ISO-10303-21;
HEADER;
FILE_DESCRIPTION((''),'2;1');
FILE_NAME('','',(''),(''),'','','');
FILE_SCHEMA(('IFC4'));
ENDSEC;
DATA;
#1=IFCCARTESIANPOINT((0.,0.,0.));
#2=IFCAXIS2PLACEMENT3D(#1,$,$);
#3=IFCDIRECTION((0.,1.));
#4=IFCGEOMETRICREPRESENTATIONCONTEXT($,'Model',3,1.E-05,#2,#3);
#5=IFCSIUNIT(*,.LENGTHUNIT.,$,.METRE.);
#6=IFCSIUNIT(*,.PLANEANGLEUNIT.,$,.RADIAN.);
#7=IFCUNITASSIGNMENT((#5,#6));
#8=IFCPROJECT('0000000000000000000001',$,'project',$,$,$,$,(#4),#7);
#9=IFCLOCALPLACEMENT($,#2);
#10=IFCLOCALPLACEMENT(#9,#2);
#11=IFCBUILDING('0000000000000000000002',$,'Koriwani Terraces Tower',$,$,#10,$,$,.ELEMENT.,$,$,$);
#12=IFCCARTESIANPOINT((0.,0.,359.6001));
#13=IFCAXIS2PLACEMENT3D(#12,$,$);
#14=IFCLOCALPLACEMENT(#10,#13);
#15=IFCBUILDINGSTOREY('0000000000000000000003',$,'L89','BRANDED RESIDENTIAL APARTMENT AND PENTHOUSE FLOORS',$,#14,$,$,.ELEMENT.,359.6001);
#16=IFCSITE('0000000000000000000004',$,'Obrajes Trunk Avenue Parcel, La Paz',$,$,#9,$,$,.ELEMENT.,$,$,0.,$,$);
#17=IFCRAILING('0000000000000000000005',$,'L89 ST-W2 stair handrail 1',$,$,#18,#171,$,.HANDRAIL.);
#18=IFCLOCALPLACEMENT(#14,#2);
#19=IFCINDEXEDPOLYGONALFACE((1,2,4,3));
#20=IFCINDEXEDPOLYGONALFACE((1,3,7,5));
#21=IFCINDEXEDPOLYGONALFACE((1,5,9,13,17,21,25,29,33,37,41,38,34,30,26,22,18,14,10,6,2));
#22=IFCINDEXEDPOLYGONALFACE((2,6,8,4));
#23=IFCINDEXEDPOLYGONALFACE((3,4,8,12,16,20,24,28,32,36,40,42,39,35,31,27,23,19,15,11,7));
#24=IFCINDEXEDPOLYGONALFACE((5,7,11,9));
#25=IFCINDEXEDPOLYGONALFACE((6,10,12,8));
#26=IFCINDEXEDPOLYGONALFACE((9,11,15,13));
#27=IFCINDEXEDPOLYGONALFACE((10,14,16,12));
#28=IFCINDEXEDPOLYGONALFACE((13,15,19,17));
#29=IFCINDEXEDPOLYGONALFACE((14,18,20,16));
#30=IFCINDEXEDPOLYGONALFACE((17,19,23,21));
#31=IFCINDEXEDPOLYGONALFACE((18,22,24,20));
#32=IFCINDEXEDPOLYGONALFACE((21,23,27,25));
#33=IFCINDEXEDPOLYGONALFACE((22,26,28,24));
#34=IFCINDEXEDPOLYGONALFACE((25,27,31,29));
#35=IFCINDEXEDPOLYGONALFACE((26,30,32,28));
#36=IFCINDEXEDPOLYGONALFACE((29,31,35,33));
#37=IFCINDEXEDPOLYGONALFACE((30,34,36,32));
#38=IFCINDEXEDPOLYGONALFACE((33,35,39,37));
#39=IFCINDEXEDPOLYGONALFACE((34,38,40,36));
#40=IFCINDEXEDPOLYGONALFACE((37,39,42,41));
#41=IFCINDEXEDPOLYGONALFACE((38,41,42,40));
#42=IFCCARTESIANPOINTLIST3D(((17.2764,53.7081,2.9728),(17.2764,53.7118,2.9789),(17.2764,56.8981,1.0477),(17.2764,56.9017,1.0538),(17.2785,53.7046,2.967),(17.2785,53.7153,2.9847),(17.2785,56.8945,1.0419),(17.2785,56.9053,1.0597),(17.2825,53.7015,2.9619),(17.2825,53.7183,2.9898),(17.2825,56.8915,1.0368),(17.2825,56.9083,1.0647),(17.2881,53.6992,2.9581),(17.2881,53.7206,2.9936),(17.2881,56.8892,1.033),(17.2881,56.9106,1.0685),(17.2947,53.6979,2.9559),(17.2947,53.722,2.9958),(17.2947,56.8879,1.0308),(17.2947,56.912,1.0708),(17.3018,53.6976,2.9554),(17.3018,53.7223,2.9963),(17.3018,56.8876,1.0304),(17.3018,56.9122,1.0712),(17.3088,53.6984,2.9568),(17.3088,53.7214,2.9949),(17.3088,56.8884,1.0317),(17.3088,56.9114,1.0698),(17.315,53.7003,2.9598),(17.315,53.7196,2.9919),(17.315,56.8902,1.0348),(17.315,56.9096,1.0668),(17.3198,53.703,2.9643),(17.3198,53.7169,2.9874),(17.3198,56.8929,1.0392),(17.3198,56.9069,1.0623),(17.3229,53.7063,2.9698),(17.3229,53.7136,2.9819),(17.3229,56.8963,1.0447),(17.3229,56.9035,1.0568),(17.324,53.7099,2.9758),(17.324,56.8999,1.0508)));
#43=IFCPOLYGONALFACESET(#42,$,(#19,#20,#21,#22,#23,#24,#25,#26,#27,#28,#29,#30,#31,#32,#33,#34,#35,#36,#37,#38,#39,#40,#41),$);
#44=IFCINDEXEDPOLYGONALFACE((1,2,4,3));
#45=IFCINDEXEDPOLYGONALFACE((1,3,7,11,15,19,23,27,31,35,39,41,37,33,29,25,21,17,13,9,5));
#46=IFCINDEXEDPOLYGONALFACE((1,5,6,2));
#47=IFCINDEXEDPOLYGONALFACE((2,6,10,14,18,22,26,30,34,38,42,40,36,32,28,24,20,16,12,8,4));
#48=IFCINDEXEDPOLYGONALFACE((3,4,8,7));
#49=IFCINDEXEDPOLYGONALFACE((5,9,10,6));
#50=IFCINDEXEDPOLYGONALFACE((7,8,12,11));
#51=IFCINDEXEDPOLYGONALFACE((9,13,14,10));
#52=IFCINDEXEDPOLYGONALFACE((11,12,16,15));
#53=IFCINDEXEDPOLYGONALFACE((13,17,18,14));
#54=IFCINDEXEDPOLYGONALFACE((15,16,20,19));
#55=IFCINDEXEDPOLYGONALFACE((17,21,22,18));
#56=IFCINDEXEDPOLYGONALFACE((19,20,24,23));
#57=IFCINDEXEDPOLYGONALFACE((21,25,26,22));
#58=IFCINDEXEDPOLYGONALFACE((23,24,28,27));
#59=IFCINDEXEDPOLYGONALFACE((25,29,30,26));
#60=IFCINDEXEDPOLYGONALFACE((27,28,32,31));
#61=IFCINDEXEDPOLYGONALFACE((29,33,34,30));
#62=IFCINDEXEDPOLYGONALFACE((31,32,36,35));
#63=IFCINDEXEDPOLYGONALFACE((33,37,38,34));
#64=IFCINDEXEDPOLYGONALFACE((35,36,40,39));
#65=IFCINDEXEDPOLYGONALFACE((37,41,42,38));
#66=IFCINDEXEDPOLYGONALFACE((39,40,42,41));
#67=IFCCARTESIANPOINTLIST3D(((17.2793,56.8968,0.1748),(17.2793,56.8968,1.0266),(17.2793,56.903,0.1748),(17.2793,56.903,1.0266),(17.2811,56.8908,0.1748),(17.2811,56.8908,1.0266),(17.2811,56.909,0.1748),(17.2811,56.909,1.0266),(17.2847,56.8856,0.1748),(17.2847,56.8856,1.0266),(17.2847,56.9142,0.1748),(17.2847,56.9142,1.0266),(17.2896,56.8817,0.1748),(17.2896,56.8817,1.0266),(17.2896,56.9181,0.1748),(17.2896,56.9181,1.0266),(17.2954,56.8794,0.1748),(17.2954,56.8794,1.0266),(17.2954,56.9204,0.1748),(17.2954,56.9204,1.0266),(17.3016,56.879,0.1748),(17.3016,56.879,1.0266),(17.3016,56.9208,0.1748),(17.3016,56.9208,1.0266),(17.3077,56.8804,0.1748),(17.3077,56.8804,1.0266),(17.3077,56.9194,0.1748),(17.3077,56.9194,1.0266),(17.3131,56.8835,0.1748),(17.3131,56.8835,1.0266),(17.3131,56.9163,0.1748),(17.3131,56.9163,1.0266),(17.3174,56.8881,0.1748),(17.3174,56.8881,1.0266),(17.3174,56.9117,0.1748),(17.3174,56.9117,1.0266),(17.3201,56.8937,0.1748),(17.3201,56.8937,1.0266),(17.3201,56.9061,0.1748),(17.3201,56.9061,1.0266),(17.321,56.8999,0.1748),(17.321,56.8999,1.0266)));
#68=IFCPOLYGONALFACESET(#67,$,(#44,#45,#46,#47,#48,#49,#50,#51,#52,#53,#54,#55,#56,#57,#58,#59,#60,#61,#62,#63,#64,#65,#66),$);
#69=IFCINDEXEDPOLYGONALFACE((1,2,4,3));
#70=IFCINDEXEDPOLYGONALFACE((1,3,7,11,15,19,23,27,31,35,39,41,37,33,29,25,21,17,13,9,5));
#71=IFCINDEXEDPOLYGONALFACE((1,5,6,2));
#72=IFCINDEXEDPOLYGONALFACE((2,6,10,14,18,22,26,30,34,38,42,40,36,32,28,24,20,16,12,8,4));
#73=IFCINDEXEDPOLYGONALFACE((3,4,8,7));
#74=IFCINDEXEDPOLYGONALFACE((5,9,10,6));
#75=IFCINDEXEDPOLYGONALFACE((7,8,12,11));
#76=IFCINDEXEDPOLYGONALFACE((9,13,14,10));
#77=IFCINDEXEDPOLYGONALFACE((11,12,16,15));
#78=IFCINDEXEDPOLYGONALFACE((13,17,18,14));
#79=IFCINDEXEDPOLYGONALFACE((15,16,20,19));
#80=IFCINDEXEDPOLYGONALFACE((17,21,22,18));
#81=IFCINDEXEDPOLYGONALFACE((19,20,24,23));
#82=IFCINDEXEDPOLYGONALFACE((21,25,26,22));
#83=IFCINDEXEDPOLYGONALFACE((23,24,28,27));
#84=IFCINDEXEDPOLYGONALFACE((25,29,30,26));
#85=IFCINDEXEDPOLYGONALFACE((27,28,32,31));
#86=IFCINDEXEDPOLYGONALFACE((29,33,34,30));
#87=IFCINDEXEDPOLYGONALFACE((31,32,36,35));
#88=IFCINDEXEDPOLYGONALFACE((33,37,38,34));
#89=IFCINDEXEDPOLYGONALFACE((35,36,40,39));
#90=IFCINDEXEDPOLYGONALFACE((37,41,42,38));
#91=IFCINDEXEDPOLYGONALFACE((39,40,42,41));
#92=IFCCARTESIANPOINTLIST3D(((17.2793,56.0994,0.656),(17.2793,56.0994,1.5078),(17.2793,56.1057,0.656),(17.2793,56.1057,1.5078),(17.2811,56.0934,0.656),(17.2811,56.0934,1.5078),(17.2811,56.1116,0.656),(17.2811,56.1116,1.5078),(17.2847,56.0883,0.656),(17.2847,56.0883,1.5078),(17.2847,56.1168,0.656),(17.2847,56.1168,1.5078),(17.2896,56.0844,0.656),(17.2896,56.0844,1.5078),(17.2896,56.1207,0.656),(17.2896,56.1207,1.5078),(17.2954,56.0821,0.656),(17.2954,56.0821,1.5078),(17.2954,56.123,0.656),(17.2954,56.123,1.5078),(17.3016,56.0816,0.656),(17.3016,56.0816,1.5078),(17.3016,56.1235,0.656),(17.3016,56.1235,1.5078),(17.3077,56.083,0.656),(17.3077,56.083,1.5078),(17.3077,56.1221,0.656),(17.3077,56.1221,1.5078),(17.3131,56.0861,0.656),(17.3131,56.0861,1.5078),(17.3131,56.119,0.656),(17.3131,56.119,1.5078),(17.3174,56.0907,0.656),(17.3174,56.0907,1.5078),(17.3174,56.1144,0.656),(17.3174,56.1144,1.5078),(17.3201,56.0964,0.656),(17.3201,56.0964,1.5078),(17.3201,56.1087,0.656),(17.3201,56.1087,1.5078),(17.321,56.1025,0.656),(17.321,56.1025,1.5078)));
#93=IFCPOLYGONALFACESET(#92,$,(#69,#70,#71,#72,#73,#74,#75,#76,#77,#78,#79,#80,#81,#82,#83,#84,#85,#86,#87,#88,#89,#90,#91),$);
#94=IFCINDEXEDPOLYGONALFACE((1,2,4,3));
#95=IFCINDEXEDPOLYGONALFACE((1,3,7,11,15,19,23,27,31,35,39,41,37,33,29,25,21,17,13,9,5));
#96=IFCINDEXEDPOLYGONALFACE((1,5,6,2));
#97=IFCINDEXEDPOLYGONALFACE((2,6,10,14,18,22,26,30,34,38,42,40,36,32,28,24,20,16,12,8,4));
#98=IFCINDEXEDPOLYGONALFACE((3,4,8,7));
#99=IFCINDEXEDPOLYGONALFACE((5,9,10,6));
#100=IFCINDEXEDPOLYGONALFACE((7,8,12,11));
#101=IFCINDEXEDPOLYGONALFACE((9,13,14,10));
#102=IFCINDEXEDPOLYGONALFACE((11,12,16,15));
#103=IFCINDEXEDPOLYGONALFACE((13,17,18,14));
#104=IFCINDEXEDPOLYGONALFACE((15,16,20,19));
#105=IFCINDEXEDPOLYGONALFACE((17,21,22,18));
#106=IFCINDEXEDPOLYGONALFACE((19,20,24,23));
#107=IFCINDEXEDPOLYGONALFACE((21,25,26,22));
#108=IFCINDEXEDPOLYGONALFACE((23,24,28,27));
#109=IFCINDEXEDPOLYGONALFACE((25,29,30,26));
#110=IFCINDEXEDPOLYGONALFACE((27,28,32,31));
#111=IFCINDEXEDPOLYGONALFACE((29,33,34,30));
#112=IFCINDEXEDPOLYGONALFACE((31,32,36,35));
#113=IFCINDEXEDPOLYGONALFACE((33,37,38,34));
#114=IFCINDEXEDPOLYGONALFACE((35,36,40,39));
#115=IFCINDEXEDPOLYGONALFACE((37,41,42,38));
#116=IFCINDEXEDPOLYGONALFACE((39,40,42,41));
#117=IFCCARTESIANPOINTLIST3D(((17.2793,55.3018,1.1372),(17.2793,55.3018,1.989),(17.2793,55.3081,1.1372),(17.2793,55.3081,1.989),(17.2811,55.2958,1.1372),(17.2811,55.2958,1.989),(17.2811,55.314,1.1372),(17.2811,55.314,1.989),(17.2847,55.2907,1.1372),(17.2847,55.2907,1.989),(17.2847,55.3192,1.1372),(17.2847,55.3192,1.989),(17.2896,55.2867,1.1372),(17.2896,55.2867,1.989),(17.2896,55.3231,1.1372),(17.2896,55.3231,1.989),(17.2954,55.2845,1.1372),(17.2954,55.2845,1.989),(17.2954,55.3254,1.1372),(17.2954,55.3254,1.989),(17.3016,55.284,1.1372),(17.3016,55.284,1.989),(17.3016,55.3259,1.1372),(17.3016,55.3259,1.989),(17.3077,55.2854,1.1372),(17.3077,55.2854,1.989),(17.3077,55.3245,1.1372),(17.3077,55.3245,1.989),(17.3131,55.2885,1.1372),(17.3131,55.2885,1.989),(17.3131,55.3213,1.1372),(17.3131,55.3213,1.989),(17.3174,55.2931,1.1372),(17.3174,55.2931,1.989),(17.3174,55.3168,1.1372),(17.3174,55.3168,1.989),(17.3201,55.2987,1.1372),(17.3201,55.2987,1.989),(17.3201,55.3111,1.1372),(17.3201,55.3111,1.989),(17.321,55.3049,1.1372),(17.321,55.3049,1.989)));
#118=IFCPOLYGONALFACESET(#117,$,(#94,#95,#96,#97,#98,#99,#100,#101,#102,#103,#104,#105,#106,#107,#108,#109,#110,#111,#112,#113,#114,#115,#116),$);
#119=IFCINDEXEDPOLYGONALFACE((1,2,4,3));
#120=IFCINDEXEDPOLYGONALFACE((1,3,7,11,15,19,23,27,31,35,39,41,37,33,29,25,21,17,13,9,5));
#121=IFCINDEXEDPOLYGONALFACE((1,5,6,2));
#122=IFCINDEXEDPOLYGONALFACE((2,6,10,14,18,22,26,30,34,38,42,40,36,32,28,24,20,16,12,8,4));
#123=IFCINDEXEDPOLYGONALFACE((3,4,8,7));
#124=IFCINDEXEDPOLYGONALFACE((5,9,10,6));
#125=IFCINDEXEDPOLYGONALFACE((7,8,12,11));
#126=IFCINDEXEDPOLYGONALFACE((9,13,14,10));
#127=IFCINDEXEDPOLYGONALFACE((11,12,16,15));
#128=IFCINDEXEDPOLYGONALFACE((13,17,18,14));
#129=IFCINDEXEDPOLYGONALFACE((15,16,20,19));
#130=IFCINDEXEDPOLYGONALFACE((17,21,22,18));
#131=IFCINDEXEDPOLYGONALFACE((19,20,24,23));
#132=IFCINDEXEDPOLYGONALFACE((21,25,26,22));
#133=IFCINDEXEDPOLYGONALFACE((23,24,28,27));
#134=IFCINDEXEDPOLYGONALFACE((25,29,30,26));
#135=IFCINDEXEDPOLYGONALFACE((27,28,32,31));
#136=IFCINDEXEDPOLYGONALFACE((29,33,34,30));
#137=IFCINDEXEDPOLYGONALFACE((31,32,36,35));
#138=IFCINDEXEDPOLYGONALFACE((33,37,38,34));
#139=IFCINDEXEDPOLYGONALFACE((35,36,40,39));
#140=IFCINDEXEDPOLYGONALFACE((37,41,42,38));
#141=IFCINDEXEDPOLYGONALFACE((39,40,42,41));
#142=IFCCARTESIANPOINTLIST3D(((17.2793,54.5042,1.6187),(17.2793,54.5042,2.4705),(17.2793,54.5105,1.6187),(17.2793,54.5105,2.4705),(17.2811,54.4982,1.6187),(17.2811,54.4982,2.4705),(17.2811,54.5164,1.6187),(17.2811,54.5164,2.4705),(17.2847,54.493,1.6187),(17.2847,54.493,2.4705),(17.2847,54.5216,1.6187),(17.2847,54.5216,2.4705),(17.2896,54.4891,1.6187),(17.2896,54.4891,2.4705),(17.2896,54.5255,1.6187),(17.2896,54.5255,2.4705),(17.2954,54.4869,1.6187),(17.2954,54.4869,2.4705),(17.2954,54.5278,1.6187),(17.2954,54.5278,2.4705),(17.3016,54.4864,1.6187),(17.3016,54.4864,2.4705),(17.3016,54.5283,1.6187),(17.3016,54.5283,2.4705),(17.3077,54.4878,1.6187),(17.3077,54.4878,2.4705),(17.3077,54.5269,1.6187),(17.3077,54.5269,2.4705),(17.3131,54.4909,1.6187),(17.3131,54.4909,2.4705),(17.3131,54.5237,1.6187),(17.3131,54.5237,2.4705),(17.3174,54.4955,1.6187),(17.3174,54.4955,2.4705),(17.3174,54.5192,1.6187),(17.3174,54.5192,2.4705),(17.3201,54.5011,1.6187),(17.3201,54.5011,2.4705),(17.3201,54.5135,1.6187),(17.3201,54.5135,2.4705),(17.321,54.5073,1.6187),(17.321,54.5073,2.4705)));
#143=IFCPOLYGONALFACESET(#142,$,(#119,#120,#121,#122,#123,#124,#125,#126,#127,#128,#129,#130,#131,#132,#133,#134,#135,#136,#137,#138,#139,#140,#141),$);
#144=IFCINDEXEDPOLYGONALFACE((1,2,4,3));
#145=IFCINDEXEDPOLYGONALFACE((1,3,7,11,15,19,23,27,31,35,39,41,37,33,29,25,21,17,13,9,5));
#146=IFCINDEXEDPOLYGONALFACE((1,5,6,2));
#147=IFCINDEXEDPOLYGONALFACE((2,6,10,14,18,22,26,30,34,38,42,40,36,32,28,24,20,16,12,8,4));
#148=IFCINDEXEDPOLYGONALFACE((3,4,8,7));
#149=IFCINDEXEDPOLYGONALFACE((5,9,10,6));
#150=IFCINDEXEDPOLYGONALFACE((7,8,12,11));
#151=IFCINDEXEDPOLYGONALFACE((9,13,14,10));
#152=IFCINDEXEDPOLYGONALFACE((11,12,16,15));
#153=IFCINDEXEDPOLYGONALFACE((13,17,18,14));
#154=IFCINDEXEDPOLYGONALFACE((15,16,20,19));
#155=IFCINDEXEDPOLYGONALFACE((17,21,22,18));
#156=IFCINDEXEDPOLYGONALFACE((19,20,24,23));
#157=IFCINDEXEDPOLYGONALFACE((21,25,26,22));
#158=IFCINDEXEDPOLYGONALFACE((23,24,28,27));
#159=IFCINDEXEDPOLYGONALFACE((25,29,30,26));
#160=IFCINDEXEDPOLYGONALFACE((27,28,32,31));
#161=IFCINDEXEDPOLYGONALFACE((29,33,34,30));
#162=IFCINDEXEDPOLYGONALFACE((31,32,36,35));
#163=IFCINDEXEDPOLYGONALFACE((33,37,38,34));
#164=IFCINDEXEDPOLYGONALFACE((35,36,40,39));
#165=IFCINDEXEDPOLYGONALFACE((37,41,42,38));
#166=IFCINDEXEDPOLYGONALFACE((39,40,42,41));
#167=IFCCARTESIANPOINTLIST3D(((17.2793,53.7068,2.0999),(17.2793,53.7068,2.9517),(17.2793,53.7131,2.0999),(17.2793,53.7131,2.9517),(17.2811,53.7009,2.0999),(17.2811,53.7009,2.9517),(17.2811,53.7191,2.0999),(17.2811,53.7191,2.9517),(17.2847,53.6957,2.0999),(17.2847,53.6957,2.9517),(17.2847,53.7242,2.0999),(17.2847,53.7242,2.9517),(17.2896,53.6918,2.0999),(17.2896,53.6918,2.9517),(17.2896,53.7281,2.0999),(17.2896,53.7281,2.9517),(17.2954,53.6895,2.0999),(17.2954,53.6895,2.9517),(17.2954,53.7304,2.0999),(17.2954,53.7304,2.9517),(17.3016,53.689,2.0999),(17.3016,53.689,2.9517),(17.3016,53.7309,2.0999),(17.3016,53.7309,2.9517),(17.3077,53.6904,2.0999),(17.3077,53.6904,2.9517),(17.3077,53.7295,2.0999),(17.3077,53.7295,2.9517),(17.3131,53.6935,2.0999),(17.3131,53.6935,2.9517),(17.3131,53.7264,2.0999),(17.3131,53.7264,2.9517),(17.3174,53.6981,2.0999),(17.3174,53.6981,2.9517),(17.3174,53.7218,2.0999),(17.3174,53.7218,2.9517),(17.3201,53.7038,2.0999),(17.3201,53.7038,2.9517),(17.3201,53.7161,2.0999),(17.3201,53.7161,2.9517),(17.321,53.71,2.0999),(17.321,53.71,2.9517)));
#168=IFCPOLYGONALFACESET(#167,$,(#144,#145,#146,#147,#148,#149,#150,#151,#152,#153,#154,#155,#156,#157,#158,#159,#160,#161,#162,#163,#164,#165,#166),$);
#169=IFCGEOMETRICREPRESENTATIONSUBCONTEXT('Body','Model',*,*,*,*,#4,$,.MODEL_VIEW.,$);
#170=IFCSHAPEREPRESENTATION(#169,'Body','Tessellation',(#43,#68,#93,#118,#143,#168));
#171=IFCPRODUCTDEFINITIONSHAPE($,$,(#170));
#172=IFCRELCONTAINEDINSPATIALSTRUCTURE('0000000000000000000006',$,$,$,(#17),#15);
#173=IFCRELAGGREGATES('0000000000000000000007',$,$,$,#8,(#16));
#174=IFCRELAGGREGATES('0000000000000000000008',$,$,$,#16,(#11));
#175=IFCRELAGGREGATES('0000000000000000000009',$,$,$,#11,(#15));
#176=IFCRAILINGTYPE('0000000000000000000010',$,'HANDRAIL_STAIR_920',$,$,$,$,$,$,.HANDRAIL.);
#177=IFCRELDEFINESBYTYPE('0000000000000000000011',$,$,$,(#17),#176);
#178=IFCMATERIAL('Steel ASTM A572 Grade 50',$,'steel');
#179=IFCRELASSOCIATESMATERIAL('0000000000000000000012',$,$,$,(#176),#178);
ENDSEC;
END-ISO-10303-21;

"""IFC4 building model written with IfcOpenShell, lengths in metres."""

from ifc_helpers import new_model, si_unit, direction, frame, origin, origin_2d, place, context, subcontext, project, spatial, circle, extrude, material, type_object, element, save


model = new_model("IFC4")

# Units and contexts
model_context = context("Model", 3, precision=1e-05, world=origin(), true_north=direction((0.0, 1.0)))
body_context = subcontext(model_context, "Body", "Model", "MODEL_VIEW")
ifc_project = project(units=[si_unit("LENGTHUNIT", "METRE"), si_unit("PLANEANGLEUNIT", "RADIAN")], contexts=[model_context])

# Site, building, storey
site_placement = place(None, origin())
site = spatial("IfcSite", under=ifc_project, at=site_placement, Name="Obrajes Trunk Avenue Parcel, La Paz", CompositionType="ELEMENT", RefElevation=0.0)
building_placement = place(site_placement, origin())
building = spatial("IfcBuilding", under=site, at=building_placement, Name="Koriwani Terraces Tower", CompositionType="ELEMENT")
storey_placement = place(building_placement, frame((0.0, 0.0, 359.6001)))
storey = spatial("IfcBuildingStorey", under=building, at=storey_placement, Name="L89", Description="BRANDED RESIDENTIAL APARTMENT AND PENTHOUSE FLOORS", CompositionType="ELEMENT", Elevation=359.6001)

# Shared definitions
ifc_material_1 = material(Name="Steel ASTM A572 Grade 50", Category="steel")

# Railing
railing_type_1 = type_object("IfcRailingType", Name="HANDRAIL_STAIR_920", PredefinedType="HANDRAIL", material=ifc_material_1)
railing_1_placement = place(storey_placement, frame((17.3, 56.8999, 0.1748)))
element("IfcRailing", 1, at=railing_1_placement, inside=storey, type_object=railing_type_1, Name="L89 ST-W2 stair handrail 1", PredefinedType="HANDRAIL", context=body_context, shape_type="SweptSolid", body=[
    extrude(circle(Radius=0.0239, at=origin_2d()), frame((0.0, 0.0, 0.876), z_axis=(0.0, -0.856178, 0.516682), x_axis=(1.0, 0.0, 0.0)), (0.0, 0.0, 1.0), 3.7258),
    extrude(circle(Radius=0.021, at=origin_2d()), origin(), (0.0, 0.0, 1.0), 0.8518),
    extrude(circle(Radius=0.021, at=origin_2d()), frame((0.0, -0.7974, 0.4812)), (0.0, 0.0, 1.0), 0.8518),
    extrude(circle(Radius=0.021, at=origin_2d()), frame((0.0, -1.595, 0.9624)), (0.0, 0.0, 1.0), 0.8518),
    extrude(circle(Radius=0.021, at=origin_2d()), frame((0.0, -2.3926, 1.4438)), (0.0, 0.0, 1.0), 0.8518),
    extrude(circle(Radius=0.021, at=origin_2d()), frame((0.0, -3.1899, 1.925)), (0.0, 0.0, 1.0), 0.8518),
])

save(model, "model.ifc")
